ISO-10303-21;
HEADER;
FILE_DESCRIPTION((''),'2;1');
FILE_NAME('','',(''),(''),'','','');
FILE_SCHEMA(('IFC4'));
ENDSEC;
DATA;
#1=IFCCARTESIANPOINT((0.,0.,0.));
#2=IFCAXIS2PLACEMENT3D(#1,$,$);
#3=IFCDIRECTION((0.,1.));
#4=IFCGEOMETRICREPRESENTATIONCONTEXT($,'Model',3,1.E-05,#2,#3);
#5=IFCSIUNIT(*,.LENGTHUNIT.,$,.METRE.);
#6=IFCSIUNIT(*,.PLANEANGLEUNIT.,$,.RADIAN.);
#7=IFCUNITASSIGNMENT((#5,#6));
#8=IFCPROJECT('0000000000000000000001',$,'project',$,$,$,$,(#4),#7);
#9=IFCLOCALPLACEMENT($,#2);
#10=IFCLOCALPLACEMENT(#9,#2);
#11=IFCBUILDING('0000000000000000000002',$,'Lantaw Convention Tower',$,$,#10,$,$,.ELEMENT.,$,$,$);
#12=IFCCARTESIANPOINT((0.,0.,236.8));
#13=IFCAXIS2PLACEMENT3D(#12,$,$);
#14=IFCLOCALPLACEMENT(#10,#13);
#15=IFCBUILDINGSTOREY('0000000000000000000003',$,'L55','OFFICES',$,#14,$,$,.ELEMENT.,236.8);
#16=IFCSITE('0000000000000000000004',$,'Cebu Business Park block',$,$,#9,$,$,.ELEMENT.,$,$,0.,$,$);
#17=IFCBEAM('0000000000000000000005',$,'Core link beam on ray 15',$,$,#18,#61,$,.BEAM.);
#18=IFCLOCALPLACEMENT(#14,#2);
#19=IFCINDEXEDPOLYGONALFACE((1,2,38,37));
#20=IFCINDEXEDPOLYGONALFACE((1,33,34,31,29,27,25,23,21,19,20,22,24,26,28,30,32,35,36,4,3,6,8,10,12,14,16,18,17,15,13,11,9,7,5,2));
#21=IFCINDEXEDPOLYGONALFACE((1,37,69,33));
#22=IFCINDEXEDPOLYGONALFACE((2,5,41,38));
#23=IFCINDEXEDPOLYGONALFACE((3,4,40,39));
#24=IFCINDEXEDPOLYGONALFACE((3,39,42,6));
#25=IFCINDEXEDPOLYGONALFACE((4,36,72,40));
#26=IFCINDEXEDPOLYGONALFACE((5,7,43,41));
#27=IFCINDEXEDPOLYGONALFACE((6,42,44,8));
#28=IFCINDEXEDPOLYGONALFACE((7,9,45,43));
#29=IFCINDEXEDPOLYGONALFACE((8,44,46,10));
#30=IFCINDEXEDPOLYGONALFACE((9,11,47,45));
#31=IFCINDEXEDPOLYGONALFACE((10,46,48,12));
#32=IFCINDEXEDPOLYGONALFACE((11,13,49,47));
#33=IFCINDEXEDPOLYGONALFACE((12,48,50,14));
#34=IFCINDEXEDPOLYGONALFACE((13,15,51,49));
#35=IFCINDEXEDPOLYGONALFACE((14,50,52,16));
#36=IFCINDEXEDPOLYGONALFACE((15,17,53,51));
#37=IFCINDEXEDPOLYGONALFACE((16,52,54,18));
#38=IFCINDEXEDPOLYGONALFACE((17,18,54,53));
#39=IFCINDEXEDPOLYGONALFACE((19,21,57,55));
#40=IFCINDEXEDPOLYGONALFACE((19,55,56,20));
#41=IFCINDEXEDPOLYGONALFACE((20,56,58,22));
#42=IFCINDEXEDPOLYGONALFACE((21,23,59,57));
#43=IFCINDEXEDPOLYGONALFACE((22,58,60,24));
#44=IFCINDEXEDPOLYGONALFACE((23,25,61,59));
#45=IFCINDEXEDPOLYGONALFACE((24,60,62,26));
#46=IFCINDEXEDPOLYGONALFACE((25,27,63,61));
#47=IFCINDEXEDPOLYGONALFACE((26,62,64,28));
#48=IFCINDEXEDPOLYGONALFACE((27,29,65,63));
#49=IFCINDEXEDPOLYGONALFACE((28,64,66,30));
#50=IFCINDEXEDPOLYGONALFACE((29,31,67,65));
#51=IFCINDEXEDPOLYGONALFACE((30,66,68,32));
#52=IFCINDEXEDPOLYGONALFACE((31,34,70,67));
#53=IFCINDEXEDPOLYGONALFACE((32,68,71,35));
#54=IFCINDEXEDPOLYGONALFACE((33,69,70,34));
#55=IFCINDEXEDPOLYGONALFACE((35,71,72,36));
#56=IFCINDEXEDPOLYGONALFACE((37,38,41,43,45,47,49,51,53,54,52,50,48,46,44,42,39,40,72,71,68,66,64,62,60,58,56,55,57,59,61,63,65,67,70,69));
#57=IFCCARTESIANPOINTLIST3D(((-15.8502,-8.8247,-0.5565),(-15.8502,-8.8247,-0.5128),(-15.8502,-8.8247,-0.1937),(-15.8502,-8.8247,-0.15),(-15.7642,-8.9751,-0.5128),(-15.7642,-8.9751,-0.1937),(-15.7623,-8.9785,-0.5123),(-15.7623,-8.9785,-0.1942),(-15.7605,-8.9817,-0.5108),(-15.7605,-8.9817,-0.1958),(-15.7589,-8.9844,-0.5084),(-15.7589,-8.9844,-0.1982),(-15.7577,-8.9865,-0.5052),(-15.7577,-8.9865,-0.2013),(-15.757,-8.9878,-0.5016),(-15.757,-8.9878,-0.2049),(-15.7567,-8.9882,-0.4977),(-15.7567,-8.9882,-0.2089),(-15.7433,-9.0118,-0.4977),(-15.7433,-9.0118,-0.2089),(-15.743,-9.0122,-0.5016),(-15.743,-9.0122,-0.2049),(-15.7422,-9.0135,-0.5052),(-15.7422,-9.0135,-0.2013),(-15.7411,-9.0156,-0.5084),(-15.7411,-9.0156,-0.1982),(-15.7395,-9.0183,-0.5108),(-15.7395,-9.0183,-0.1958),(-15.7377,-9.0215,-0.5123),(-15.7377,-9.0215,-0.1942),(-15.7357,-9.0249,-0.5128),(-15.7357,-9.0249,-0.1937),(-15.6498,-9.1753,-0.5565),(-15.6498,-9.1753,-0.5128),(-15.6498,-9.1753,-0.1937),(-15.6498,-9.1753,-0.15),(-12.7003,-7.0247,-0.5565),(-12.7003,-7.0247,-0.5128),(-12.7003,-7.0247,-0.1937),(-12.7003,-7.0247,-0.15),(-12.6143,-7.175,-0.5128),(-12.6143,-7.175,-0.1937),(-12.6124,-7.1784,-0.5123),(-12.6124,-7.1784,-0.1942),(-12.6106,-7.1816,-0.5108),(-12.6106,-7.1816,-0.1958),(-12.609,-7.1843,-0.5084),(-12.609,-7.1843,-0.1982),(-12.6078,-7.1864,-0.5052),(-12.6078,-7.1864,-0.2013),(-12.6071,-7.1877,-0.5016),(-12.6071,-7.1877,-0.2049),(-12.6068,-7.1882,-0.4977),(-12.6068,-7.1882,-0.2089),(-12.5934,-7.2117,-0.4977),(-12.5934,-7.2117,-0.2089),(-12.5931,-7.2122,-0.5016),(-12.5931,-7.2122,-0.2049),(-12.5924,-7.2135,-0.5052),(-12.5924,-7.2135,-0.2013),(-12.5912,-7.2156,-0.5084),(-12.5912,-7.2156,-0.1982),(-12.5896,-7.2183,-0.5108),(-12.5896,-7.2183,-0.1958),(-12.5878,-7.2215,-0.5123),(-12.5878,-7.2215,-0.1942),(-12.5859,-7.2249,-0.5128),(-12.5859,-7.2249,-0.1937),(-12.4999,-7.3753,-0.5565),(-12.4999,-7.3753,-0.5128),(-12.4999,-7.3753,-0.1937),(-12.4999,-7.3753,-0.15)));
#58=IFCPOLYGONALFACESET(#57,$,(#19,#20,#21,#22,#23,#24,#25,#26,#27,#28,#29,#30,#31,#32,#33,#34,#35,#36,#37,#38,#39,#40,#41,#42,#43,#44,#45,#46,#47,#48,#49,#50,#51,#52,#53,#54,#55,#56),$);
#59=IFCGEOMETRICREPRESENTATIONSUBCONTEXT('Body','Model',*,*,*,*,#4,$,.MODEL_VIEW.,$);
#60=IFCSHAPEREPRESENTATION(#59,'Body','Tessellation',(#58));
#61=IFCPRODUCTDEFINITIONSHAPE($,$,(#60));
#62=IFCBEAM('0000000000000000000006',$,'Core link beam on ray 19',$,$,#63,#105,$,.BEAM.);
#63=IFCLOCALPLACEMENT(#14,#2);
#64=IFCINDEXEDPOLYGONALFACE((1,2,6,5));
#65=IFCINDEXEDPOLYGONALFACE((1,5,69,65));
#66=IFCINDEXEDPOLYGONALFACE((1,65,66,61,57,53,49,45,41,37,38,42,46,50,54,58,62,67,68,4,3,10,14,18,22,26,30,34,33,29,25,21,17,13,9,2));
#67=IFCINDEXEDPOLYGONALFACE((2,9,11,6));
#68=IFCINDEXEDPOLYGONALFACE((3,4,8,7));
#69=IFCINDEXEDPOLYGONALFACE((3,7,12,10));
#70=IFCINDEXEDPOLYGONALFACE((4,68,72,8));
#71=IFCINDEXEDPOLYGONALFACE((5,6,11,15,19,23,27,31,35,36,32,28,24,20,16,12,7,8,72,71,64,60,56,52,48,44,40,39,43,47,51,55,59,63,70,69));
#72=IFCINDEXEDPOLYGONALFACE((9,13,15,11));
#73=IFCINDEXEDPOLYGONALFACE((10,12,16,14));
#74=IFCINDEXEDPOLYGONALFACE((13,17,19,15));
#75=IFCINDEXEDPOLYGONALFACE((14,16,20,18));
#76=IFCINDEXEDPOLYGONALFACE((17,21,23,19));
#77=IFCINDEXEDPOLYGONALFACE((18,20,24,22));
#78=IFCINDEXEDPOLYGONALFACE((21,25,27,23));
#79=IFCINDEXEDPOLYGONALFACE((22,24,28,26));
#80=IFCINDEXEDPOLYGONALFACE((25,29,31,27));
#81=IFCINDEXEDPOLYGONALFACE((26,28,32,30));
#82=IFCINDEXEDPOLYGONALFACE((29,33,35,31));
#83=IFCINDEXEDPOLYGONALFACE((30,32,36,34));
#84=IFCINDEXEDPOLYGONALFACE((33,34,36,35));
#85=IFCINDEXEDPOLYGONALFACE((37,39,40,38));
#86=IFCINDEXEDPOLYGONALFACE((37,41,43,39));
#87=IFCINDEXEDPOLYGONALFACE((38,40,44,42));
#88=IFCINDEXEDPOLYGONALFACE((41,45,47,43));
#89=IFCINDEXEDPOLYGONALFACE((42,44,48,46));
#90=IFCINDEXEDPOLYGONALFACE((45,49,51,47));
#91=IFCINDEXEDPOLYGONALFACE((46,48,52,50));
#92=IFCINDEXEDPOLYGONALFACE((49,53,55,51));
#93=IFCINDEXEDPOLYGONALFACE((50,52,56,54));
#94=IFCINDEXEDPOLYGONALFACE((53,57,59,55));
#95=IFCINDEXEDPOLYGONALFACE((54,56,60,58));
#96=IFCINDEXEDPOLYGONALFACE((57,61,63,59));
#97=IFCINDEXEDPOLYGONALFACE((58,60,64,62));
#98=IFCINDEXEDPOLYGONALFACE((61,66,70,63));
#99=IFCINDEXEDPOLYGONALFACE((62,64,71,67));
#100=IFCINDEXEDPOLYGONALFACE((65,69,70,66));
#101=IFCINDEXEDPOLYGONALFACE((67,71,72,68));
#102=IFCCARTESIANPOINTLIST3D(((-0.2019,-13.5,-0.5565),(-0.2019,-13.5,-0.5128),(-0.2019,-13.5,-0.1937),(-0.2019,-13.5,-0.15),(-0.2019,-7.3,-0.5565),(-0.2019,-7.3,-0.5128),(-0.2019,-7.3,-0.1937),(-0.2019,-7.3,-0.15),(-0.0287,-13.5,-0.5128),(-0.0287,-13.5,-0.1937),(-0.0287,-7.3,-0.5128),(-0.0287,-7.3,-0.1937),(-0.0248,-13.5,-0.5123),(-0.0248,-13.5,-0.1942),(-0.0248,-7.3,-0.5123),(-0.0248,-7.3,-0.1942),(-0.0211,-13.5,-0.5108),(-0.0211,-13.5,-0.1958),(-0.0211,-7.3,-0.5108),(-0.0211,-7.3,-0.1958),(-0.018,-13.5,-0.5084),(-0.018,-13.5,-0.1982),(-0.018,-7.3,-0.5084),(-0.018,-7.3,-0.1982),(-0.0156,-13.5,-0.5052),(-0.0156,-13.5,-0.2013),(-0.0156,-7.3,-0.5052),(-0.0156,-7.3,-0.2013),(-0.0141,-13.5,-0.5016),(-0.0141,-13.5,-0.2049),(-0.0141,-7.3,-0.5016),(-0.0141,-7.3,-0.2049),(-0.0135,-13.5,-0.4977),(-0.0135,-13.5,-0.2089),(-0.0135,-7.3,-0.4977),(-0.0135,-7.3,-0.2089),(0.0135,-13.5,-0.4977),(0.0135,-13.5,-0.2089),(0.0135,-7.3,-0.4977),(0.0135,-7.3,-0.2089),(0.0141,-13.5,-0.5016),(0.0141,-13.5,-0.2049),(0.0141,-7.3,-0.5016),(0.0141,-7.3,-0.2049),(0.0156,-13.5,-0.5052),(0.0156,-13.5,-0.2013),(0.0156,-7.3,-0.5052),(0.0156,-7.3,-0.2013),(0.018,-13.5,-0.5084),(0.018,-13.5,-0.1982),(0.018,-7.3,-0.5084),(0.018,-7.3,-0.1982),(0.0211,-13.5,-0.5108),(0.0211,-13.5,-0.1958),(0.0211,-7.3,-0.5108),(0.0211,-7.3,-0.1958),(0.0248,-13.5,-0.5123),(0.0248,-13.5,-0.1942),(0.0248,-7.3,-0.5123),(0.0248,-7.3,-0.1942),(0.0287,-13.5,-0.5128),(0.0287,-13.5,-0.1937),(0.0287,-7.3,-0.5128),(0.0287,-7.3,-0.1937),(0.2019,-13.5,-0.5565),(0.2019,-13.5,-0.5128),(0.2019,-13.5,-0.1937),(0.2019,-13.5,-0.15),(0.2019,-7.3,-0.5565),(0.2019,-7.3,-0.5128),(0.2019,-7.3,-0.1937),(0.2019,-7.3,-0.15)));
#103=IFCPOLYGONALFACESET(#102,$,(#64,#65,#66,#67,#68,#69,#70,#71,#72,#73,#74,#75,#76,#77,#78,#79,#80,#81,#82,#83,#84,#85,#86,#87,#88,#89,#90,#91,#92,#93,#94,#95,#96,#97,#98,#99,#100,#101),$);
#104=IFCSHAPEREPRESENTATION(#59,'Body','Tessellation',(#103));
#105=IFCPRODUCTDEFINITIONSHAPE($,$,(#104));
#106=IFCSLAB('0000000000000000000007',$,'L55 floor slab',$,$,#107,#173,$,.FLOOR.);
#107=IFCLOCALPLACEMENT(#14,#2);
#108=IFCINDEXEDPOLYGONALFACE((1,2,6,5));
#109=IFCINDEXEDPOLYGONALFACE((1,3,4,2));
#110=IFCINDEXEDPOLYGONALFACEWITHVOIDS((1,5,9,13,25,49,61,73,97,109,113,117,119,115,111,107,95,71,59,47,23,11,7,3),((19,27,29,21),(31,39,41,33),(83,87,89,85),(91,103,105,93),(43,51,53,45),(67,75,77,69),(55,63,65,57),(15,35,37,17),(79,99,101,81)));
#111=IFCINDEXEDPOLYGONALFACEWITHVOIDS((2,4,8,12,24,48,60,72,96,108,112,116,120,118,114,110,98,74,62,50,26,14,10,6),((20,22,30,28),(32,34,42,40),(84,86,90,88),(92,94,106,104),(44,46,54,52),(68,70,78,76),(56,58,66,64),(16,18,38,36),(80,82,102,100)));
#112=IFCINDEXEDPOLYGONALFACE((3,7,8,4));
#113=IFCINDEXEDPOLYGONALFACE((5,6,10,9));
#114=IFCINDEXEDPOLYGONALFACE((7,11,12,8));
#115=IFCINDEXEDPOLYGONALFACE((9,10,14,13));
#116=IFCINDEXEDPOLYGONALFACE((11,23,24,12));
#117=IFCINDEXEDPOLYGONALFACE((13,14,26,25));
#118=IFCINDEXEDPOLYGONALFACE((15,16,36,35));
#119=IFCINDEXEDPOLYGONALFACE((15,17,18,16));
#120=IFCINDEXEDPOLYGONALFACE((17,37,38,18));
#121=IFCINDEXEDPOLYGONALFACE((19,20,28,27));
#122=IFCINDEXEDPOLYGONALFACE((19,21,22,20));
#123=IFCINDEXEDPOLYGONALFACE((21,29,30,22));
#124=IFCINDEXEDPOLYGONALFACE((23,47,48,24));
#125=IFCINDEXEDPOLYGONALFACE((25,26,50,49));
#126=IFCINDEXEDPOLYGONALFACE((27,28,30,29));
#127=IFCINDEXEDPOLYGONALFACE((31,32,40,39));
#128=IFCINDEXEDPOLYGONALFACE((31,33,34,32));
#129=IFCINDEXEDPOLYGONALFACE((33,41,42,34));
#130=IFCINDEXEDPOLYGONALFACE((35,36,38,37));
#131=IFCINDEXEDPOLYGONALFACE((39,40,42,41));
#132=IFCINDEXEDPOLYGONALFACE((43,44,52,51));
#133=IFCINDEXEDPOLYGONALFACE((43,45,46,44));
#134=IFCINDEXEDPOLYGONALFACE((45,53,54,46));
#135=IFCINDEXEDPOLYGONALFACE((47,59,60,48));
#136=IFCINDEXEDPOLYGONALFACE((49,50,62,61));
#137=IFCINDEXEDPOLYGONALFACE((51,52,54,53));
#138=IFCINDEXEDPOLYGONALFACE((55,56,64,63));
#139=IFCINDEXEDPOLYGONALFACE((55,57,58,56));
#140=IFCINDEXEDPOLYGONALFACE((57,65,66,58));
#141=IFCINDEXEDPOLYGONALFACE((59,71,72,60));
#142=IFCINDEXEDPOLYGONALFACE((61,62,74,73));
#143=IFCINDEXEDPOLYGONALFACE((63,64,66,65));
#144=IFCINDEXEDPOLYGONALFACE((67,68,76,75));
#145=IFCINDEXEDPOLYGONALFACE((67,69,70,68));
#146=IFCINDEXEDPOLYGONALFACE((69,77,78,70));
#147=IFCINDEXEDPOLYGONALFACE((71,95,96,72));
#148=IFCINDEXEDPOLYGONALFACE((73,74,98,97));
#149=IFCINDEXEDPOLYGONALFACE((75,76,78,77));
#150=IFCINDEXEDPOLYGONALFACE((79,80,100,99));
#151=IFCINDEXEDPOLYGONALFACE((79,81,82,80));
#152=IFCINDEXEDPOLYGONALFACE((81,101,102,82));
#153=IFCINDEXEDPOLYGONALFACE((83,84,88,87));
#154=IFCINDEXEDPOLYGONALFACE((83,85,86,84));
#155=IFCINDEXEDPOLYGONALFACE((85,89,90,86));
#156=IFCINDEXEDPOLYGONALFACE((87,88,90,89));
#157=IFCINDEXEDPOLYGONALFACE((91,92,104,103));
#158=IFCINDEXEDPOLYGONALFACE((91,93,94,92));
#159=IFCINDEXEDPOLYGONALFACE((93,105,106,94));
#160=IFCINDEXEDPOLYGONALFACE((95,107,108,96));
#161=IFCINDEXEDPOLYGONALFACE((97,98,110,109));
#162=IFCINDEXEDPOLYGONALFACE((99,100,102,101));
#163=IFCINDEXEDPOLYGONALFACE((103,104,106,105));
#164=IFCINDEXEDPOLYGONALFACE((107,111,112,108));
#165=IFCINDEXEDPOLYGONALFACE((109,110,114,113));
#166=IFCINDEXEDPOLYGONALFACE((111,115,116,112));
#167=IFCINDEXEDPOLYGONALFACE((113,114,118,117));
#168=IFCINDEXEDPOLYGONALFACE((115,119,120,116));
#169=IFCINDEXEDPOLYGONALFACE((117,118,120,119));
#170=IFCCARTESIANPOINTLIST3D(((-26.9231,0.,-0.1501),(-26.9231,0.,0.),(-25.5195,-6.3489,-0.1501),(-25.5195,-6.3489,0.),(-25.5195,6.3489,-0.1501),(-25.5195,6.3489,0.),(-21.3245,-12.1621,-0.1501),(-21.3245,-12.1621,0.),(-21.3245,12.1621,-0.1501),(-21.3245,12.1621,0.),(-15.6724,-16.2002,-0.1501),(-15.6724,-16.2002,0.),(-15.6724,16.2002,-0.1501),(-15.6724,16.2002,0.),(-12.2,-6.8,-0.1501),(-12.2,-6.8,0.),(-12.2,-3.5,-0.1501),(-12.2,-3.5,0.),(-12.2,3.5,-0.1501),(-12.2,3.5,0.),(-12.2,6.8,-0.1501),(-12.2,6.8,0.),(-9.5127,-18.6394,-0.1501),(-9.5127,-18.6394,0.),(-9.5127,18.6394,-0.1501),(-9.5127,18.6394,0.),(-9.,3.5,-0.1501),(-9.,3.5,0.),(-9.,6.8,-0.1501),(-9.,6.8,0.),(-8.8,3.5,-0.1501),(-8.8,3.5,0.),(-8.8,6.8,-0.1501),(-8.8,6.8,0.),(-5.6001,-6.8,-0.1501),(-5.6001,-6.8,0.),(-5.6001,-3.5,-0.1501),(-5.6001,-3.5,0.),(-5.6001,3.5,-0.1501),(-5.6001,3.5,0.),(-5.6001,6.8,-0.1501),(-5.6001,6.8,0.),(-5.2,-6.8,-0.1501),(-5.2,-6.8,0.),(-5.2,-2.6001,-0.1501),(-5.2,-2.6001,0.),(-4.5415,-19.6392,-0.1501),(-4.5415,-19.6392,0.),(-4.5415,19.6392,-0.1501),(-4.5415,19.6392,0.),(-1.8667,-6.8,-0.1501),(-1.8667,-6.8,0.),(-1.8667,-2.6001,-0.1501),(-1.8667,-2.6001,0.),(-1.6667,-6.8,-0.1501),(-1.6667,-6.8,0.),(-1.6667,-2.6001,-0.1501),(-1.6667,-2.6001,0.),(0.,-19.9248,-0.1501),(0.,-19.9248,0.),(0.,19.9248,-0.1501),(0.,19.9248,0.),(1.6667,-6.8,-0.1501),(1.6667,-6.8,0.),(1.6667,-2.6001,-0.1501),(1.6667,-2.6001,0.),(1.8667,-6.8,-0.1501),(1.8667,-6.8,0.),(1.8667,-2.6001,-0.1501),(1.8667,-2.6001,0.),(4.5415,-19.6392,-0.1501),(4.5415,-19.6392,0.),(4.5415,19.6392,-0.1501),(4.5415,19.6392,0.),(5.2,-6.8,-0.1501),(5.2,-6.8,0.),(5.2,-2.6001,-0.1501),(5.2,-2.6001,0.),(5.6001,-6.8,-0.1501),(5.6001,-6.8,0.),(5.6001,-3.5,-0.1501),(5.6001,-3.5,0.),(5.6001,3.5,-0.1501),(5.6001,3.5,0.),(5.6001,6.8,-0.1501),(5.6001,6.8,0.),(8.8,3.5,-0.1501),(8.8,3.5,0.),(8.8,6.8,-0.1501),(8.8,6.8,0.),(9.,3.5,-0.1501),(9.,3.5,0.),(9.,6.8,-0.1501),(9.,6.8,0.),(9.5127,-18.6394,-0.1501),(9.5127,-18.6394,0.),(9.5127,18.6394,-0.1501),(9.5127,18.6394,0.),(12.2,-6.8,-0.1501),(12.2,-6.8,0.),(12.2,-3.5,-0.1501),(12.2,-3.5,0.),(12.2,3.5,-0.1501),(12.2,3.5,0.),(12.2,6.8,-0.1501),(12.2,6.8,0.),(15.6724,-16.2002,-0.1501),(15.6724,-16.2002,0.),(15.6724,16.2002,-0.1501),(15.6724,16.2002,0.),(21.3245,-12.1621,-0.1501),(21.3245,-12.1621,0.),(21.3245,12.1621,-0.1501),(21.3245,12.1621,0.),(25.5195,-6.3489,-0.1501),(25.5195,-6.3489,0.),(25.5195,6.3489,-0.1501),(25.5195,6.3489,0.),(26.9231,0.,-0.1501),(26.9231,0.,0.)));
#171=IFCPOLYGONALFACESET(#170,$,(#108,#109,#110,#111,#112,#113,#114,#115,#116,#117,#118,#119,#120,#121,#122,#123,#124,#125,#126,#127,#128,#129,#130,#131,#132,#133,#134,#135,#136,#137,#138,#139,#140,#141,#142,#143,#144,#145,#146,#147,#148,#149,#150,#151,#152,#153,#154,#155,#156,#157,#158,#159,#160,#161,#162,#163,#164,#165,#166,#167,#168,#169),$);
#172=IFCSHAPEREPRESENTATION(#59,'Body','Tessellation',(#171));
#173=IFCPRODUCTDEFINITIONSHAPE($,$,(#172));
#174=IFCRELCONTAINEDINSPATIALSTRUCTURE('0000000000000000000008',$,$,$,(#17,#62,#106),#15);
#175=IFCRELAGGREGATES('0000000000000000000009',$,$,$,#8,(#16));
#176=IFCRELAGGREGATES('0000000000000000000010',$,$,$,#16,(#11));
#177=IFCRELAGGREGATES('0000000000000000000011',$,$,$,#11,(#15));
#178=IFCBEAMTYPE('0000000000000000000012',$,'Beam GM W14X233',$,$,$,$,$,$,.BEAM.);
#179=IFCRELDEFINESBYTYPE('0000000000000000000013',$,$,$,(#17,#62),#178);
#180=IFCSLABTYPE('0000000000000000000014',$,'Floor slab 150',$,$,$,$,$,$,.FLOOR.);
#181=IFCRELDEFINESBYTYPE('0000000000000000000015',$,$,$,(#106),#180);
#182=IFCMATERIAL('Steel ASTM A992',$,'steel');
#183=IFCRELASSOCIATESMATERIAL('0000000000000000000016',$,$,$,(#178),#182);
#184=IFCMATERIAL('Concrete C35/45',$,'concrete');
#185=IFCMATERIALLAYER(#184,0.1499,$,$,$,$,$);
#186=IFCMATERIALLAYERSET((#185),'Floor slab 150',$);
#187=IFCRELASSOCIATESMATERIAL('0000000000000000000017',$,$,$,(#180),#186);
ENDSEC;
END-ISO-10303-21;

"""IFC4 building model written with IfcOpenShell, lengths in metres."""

from ifc_helpers import new_model, si_unit, direction, frame, origin, origin_2d, place, context, subcontext, project, spatial, polyline, i_section, outline, extrude, material, layer, layer_set, material_profile, profile_set, type_object, element, save


model = new_model("IFC4")

# Units and contexts
model_context = context("Model", 3, precision=1e-05, world=origin(), true_north=direction((0.0, 1.0)))
body_context = subcontext(model_context, "Body", "Model", "MODEL_VIEW")
ifc_project = project(units=[si_unit("LENGTHUNIT", "METRE"), si_unit("PLANEANGLEUNIT", "RADIAN")], contexts=[model_context])

# Site, building, storey
site_placement = place(None, origin())
site = spatial("IfcSite", under=ifc_project, at=site_placement, Name="Cebu Business Park block", CompositionType="ELEMENT", RefElevation=0.0)
building_placement = place(site_placement, origin())
building = spatial("IfcBuilding", under=site, at=building_placement, Name="Lantaw Convention Tower", CompositionType="ELEMENT")
storey_placement = place(building_placement, frame((0.0, 0.0, 236.8)))
storey = spatial("IfcBuildingStorey", under=building, at=storey_placement, Name="L55", Description="OFFICES", CompositionType="ELEMENT", Elevation=236.8)

# Beams
ifc_material_1 = material(Name="Steel ASTM A992", Category="steel")
ifc_material_profile_1 = material_profile(ifc_material_1, i_section(OverallWidth=0.4038, OverallDepth=0.4065, WebThickness=0.0271, FlangeThickness=0.0437, FilletRadius=0.0151, at=origin_2d()), Name="W14X233")
ifc_profile_set_1 = profile_set([ifc_material_profile_1], Name="Steel ASTM A992")
beam_type_1 = type_object("IfcBeamType", Name="Beam GM W14X233", PredefinedType="BEAM", material=ifc_profile_set_1)
beam_1_placement = place(storey_placement, frame((-12.6001, -7.2, -0.3533), z_axis=(-0.868231, -0.496161, 0.0), x_axis=(0.496161, -0.868231, 0.0)))
element("IfcBeam", 1, at=beam_1_placement, inside=storey, type_object=beam_type_1, Name="Core link beam on ray 15", PredefinedType="BEAM", context=body_context, shape_type="SweptSolid", body=[
    extrude(i_section(OverallWidth=0.4038, OverallDepth=0.4065, WebThickness=0.0271, FlangeThickness=0.0437, FilletRadius=0.0151, at=origin_2d()), origin(), (0.0, 0.0, 1.0), 3.6279),
])
beam_2_placement = place(storey_placement, frame((0.0, -7.3, -0.3533), z_axis=(0.0, -1.0, 0.0), x_axis=(1.0, 0.0, 0.0)))
element("IfcBeam", 2, at=beam_2_placement, inside=storey, type_object=beam_type_1, Name="Core link beam on ray 19", PredefinedType="BEAM", context=body_context, shape_type="SweptSolid", body=[
    extrude(i_section(OverallWidth=0.4038, OverallDepth=0.4065, WebThickness=0.0271, FlangeThickness=0.0437, FilletRadius=0.0151, at=origin_2d()), origin(), (0.0, 0.0, 1.0), 6.2),
])

# Slab
ifc_material_2 = material(Name="Concrete C35/45", Category="concrete")
ifc_layer_1 = layer(ifc_material_2, 0.1499)
ifc_layer_set_1 = layer_set([ifc_layer_1], Name="Floor slab 150")
slab_type = type_object("IfcSlabType", Name="Floor slab 150", PredefinedType="FLOOR", material=ifc_layer_set_1)
slab_placement = place(storey_placement, frame((0.0, 0.0, -0.1501)))
element("IfcSlab", 3, at=slab_placement, inside=storey, type_object=slab_type, Name="L55 floor slab", PredefinedType="FLOOR", context=body_context, shape_type="SweptSolid", body=[
    extrude(outline(polyline([(25.5195, -6.3489), (26.9231, 0.0), (25.5195, 6.3489), (21.3245, 12.1621), (15.6724, 16.2002), (9.5127, 18.6394), (4.5415, 19.6392), (0.0, 19.9248), (-4.5415, 19.6392), (-9.5127, 18.6394), (-15.6724, 16.2002), (-21.3245, 12.1621), (-25.5195, 6.3489), (-26.9231, 0.0), (-25.5195, -6.3489), (-21.3245, -12.1621), (-15.6724, -16.2002), (-9.5127, -18.6394), (-4.5415, -19.6392), (0.0, -19.9248), (4.5415, -19.6392), (9.5127, -18.6394), (15.6724, -16.2002), (21.3245, -12.1621), (25.5195, -6.3489)]), holes=[polyline([(-5.6001, -3.5), (-12.2, -3.5), (-12.2, -6.8), (-5.6001, -6.8), (-5.6001, -3.5)]), polyline([(12.2, -3.5), (5.6001, -3.5), (5.6001, -6.8), (12.2, -6.8), (12.2, -3.5)]), polyline([(-1.8667, -2.6001), (-5.2, -2.6001), (-5.2, -6.8), (-1.8667, -6.8), (-1.8667, -2.6001)]), polyline([(1.6667, -2.6001), (-1.6667, -2.6001), (-1.6667, -6.8), (1.6667, -6.8), (1.6667, -2.6001)]), polyline([(5.2, -2.6001), (1.8667, -2.6001), (1.8667, -6.8), (5.2, -6.8), (5.2, -2.6001)]), polyline([(-9.0, 6.8), (-12.2, 6.8), (-12.2, 3.5), (-9.0, 3.5), (-9.0, 6.8)]), polyline([(-5.6001, 6.8), (-8.8, 6.8), (-8.8, 3.5), (-5.6001, 3.5), (-5.6001, 6.8)]), polyline([(8.8, 3.5), (8.8, 6.8), (5.6001, 6.8), (5.6001, 3.5), (8.8, 3.5)]), polyline([(12.2, 3.5), (12.2, 6.8), (9.0, 6.8), (9.0, 3.5), (12.2, 3.5)])]), origin(), (0.0, 0.0, 1.0), 0.1501),
])

save(model, "model.ifc")
